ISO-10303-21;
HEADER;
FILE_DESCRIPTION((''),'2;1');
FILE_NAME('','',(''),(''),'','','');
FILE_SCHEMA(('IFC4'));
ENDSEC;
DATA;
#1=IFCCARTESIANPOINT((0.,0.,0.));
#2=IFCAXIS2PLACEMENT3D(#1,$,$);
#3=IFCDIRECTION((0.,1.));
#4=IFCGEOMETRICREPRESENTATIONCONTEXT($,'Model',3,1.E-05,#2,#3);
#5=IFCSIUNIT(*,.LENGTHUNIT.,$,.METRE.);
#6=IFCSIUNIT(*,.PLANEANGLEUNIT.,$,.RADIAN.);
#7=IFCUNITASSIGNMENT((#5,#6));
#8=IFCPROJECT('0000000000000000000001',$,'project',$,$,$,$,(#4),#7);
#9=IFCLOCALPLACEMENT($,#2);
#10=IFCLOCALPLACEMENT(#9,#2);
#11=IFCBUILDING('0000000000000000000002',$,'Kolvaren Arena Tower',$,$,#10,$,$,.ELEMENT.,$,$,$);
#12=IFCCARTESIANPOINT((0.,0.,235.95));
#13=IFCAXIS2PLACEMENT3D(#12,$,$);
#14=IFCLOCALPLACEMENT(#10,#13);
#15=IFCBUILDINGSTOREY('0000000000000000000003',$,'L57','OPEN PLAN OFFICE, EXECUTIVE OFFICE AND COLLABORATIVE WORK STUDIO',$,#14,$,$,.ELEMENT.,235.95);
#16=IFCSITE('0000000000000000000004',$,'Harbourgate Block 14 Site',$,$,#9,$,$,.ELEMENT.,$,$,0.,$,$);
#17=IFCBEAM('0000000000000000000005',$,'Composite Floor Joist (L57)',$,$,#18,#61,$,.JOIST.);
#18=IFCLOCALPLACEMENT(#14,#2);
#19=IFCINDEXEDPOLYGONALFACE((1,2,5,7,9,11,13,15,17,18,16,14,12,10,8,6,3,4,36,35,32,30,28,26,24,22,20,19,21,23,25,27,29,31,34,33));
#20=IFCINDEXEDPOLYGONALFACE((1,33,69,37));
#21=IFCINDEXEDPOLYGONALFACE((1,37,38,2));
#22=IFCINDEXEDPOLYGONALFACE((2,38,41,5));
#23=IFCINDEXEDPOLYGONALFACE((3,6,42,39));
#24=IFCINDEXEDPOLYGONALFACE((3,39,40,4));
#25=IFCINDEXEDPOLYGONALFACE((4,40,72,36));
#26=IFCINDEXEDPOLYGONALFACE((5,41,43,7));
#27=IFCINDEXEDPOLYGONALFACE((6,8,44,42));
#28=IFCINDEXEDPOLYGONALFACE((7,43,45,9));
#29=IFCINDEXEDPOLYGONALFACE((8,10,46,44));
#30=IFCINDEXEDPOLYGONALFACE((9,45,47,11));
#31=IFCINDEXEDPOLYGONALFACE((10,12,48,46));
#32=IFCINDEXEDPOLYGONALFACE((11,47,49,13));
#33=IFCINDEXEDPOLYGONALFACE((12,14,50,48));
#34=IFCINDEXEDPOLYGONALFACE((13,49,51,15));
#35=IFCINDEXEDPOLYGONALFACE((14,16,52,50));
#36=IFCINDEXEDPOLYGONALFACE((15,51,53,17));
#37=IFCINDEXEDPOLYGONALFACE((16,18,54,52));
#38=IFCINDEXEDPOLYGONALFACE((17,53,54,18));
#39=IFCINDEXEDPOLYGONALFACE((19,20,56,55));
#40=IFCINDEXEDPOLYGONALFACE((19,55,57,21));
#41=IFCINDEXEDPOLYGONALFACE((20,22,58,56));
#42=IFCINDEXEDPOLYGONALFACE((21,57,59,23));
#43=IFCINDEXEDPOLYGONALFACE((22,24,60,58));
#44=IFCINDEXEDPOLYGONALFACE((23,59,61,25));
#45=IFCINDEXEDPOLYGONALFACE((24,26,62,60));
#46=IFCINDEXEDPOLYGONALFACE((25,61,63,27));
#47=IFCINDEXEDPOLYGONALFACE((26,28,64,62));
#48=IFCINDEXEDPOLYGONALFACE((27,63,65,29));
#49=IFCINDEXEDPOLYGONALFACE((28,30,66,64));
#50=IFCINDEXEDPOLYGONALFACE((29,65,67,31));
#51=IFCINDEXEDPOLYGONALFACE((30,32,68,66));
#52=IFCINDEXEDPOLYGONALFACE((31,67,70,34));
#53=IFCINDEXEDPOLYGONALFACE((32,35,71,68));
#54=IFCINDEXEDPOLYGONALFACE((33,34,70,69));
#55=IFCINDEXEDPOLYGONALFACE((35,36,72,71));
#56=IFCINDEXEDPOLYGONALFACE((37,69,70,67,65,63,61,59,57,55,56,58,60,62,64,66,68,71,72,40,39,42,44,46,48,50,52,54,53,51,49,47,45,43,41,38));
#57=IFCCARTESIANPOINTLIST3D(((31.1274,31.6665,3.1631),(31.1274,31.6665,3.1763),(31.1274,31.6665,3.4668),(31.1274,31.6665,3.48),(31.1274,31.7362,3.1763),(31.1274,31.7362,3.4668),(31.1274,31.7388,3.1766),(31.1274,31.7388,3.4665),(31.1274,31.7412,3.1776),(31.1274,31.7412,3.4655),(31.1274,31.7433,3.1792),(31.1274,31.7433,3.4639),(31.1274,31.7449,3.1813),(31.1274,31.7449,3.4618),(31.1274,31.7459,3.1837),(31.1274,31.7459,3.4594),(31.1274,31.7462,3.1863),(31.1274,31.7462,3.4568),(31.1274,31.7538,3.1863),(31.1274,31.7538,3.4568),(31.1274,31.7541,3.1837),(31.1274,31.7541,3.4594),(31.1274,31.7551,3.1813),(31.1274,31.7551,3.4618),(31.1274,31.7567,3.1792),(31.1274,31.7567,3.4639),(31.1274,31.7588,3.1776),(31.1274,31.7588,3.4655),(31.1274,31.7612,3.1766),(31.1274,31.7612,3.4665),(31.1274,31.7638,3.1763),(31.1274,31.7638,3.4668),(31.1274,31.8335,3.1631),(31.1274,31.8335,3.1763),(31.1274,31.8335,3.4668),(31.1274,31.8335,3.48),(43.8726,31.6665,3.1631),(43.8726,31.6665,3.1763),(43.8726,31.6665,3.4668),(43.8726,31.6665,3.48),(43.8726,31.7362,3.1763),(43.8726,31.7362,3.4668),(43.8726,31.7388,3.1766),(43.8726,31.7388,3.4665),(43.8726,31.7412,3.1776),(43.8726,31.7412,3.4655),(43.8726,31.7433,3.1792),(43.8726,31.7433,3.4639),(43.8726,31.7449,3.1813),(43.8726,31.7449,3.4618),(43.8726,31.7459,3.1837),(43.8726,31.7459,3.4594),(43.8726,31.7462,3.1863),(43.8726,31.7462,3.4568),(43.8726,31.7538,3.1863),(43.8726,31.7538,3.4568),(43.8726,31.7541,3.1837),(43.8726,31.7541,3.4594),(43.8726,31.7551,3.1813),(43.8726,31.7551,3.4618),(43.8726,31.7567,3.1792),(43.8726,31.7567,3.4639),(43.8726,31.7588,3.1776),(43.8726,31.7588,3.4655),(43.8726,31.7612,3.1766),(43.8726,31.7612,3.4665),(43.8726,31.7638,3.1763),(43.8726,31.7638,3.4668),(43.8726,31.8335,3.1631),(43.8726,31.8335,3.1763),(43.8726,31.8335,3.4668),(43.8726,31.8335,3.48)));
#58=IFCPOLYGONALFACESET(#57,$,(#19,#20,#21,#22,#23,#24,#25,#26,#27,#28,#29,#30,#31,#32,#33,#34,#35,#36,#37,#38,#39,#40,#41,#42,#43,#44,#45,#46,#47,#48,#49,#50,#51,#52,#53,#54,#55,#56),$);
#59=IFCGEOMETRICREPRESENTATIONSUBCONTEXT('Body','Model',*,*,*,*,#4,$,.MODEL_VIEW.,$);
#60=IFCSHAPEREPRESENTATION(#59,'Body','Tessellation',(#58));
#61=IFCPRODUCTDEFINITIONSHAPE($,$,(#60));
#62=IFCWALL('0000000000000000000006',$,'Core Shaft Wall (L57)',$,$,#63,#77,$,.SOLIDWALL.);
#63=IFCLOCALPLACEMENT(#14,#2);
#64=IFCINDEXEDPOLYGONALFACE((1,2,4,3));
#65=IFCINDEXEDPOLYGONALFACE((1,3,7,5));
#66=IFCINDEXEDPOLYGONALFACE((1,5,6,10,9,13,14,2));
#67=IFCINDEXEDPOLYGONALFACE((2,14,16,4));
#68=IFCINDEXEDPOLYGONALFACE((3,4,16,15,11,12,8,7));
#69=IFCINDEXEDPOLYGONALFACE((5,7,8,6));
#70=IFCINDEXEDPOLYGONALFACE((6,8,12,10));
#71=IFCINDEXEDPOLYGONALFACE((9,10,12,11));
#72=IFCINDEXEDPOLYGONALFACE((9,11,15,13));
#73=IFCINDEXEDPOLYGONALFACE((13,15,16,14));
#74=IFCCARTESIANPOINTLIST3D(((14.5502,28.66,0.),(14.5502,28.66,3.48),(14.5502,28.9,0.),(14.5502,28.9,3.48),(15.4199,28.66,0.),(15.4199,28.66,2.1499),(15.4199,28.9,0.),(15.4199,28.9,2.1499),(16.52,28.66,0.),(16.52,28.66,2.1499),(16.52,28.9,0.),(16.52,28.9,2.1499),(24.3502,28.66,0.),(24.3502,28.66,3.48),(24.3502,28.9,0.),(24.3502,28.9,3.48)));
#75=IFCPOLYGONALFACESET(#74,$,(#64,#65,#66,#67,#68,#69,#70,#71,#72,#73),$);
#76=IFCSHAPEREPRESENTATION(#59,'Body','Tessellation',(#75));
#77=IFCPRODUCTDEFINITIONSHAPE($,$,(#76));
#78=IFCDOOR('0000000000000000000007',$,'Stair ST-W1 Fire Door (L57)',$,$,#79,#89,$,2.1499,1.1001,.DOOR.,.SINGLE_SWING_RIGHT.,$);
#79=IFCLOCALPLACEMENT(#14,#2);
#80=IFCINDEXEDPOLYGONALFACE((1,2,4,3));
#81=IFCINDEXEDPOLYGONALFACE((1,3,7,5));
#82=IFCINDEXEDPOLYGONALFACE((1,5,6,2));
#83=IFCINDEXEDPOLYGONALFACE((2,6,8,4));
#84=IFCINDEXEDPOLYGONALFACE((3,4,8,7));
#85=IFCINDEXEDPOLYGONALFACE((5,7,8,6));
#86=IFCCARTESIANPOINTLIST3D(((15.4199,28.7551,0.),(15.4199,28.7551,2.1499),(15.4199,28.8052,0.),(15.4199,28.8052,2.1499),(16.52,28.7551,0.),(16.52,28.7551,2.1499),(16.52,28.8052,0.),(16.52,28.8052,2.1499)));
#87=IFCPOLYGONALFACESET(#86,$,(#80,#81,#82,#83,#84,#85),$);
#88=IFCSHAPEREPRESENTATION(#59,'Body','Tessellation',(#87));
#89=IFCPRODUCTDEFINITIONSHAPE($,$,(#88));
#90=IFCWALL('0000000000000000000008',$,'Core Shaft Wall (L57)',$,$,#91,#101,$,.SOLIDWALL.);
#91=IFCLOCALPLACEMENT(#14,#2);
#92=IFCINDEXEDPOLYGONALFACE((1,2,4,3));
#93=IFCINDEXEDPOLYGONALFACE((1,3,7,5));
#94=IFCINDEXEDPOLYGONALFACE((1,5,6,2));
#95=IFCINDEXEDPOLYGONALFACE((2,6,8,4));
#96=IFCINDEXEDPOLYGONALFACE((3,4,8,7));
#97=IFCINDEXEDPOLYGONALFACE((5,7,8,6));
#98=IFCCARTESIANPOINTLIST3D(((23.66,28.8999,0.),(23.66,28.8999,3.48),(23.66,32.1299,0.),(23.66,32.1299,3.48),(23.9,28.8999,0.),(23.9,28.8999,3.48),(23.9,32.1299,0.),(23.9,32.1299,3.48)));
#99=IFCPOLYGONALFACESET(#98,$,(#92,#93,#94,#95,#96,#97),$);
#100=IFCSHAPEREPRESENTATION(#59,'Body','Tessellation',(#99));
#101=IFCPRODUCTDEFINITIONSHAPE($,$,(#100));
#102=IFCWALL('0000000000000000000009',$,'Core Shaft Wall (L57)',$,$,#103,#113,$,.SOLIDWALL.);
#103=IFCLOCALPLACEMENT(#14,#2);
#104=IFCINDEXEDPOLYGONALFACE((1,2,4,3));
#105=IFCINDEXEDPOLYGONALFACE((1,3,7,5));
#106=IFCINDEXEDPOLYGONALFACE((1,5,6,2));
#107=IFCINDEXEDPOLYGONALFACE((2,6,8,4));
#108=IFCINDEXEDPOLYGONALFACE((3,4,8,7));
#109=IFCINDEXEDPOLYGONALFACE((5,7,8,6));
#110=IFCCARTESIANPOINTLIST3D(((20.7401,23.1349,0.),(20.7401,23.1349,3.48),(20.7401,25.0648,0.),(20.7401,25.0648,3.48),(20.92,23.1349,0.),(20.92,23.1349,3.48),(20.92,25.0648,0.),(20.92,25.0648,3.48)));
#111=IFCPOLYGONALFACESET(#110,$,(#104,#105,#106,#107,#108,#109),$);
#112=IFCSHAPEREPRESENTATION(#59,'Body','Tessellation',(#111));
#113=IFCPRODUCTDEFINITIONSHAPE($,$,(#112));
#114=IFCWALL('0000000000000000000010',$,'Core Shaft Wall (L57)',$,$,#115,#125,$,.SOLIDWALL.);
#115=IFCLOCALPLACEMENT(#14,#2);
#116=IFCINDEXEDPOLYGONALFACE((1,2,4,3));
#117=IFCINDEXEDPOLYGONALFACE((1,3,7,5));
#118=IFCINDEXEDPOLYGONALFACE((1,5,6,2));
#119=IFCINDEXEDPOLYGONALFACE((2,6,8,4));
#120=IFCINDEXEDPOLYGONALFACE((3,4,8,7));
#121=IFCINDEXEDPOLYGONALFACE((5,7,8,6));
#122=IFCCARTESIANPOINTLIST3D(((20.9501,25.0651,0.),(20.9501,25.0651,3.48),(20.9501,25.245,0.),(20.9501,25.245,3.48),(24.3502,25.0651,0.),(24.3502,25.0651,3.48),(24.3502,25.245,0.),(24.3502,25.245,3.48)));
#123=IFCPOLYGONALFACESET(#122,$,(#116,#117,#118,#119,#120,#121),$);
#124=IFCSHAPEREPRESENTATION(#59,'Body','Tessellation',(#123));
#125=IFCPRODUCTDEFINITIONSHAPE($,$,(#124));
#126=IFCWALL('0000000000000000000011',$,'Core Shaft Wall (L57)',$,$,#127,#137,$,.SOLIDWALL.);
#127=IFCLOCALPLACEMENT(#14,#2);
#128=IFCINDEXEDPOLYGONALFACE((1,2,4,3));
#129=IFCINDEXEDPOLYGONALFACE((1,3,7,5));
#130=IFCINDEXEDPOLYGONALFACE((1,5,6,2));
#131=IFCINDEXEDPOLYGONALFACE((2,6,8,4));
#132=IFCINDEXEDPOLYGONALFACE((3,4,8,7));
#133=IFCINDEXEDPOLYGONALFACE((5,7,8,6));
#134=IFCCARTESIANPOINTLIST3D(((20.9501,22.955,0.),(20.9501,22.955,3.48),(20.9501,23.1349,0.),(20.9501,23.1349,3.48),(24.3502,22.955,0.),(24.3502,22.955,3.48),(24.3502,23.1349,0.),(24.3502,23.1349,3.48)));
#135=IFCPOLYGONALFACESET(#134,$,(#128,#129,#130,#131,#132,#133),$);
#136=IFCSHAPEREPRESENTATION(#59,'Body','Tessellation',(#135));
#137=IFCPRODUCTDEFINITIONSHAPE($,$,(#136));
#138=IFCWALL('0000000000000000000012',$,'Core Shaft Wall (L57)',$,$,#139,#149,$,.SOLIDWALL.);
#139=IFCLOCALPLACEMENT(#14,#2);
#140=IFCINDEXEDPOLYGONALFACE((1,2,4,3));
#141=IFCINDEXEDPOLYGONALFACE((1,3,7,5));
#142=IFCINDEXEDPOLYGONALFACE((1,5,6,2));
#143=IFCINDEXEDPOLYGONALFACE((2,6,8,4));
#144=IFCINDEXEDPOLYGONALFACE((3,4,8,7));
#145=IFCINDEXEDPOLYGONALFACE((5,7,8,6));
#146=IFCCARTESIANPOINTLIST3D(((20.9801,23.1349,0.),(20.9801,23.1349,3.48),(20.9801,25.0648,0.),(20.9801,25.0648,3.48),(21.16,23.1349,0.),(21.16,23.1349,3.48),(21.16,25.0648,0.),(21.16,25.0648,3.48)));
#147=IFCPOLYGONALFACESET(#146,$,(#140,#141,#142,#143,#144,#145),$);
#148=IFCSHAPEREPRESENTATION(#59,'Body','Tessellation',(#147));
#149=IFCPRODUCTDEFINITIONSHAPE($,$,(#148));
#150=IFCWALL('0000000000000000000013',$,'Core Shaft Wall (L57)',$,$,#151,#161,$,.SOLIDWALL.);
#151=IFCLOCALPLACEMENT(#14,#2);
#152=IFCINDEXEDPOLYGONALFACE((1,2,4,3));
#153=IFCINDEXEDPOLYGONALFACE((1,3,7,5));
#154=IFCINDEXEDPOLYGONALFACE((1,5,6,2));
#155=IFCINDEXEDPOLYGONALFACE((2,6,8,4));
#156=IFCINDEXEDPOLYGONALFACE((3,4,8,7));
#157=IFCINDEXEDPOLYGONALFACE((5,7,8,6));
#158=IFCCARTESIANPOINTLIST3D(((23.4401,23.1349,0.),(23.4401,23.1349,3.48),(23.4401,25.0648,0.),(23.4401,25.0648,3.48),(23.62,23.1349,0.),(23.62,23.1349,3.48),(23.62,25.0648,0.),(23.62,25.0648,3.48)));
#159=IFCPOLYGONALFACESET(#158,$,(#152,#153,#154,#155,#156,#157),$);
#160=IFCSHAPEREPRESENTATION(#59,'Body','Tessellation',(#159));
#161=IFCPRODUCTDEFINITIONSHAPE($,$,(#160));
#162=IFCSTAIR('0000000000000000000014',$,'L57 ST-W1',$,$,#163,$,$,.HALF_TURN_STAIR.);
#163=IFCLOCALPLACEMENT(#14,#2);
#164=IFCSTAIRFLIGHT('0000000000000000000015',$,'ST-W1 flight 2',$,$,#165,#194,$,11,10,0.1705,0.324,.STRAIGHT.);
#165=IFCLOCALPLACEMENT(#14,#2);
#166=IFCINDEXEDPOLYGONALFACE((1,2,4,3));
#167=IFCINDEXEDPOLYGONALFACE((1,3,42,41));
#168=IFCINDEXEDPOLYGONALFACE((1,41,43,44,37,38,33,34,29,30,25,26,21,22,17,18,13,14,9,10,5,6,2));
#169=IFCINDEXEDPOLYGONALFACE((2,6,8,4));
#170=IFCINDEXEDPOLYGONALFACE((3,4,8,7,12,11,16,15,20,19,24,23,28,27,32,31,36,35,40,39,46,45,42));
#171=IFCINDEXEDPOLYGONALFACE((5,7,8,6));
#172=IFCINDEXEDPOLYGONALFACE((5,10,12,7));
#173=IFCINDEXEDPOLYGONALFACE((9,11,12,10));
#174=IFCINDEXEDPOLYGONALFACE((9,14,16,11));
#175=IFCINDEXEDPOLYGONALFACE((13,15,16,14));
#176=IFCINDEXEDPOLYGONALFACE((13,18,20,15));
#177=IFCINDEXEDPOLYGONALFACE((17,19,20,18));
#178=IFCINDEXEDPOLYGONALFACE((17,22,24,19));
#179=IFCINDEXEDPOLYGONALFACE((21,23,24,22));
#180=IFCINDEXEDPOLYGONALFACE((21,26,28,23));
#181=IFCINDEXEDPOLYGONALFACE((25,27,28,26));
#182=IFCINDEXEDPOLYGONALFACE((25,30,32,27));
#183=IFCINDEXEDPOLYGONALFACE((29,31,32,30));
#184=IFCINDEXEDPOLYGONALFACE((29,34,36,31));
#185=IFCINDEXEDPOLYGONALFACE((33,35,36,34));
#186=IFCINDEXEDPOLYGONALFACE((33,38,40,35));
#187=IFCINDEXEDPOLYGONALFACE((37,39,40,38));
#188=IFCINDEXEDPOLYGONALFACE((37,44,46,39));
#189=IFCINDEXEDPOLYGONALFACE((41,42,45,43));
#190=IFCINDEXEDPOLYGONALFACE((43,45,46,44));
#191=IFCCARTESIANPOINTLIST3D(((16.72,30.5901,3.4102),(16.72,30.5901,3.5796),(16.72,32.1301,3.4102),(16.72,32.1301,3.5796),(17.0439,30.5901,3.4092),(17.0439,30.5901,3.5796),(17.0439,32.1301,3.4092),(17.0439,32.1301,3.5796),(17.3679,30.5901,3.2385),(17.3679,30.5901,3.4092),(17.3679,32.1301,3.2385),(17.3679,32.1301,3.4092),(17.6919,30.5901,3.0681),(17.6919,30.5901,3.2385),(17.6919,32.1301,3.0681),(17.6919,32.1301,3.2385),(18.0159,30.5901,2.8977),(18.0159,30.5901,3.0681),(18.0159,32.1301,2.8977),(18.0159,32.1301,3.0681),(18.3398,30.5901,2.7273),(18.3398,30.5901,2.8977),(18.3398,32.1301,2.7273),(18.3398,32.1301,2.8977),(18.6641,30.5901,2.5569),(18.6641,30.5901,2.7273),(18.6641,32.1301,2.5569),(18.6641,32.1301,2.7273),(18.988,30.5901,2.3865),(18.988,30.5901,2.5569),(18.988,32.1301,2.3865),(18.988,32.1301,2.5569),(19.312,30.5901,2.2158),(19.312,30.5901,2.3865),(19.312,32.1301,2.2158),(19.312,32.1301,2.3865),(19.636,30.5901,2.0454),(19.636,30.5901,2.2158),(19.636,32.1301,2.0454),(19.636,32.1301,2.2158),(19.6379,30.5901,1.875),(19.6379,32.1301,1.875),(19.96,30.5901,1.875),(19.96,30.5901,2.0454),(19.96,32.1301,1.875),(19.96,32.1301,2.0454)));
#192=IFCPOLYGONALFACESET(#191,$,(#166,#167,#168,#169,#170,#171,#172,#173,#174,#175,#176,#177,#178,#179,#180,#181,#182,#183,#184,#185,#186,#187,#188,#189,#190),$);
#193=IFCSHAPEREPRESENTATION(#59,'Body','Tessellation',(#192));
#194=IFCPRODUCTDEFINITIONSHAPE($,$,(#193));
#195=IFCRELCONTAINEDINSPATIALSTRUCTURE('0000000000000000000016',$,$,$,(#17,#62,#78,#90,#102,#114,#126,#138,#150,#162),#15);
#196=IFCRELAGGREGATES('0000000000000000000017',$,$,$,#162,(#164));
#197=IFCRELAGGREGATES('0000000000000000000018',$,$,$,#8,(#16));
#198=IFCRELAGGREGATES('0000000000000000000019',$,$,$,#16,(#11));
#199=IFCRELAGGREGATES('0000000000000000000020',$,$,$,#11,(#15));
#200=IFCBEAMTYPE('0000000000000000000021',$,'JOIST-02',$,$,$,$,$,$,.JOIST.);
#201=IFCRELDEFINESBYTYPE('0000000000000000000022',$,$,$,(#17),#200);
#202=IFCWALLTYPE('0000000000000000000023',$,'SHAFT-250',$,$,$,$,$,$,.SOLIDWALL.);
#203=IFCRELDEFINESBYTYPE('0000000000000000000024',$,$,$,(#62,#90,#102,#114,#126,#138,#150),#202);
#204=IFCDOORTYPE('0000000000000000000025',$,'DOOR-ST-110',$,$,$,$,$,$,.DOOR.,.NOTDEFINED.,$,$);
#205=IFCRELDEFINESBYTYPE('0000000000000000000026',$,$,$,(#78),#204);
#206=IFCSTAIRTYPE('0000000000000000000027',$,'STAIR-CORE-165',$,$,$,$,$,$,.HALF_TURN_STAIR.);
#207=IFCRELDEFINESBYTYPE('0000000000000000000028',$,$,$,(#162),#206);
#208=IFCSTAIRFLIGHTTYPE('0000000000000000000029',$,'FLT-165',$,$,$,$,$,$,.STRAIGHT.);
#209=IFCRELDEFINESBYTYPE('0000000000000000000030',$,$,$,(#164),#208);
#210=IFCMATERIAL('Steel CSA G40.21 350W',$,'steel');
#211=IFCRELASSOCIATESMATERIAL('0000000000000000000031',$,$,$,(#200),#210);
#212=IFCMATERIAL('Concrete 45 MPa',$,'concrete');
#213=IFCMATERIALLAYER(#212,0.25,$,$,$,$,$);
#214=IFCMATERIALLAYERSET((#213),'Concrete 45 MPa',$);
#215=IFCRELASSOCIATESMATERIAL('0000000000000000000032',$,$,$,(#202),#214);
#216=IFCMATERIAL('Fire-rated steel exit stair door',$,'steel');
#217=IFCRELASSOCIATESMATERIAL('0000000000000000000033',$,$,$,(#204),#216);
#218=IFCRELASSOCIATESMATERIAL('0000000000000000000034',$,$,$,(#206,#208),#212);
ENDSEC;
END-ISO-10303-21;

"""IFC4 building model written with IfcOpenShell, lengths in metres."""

from ifc_helpers import new_model, si_unit, direction, frame, frame_2d, origin, origin_2d, place, context, subcontext, project, spatial, polyline, rectangle, i_section, outline, extrude, material, layer, layer_set, material_profile, profile_set, type_object, element, fill, aggregate, save


model = new_model("IFC4")

# Units and contexts
model_context = context("Model", 3, precision=1e-05, world=origin(), true_north=direction((0.0, 1.0)))
body_context = subcontext(model_context, "Body", "Model", "MODEL_VIEW")
ifc_project = project(units=[si_unit("LENGTHUNIT", "METRE"), si_unit("PLANEANGLEUNIT", "RADIAN")], contexts=[model_context])

# Site, building, storey
site_placement = place(None, origin())
site = spatial("IfcSite", under=ifc_project, at=site_placement, Name="Harbourgate Block 14 Site", CompositionType="ELEMENT", RefElevation=0.0)
building_placement = place(site_placement, origin())
building = spatial("IfcBuilding", under=site, at=building_placement, Name="Kolvaren Arena Tower", CompositionType="ELEMENT")
storey_placement = place(building_placement, frame((0.0, 0.0, 235.95)))
storey = spatial("IfcBuildingStorey", under=building, at=storey_placement, Name="L57", Description="OPEN PLAN OFFICE, EXECUTIVE OFFICE AND COLLABORATIVE WORK STUDIO", CompositionType="ELEMENT", Elevation=235.95)

# Beam
ifc_material_1 = material(Name="Steel CSA G40.21 350W", Category="steel")
ifc_material_profile_1 = material_profile(ifc_material_1, i_section(OverallWidth=0.167, OverallDepth=0.3169, WebThickness=0.0076, FlangeThickness=0.0132, FilletRadius=0.01, at=origin_2d()), Name="W310x52")
ifc_profile_set_1 = profile_set([ifc_material_profile_1], Name="Steel CSA G40.21 350W")
beam_type_1 = type_object("IfcBeamType", Name="JOIST-02", PredefinedType="JOIST", material=ifc_profile_set_1)
beam_1_placement = place(storey_placement, frame((31.1274, 31.75, 3.3215), z_axis=(1.0, 0.0, 0.0), x_axis=(0.0, 1.0, 0.0)))
element("IfcBeam", 1, at=beam_1_placement, inside=storey, type_object=beam_type_1, Name="Composite Floor Joist (L57)", PredefinedType="JOIST", context=body_context, shape_type="SweptSolid", body=[
    extrude(i_section(OverallWidth=0.167, OverallDepth=0.3169, WebThickness=0.0076, FlangeThickness=0.0132, FilletRadius=0.01, at=origin_2d()), origin(), (0.0, 0.0, 1.0), 12.7451),
])

# Wall, opening, door
ifc_material_2 = material(Name="Concrete 45 MPa", Category="concrete")
ifc_layer = layer(ifc_material_2, 0.25)
ifc_layer_set = layer_set([ifc_layer], Name="Concrete 45 MPa")
wall_type = type_object("IfcWallType", Name="SHAFT-250", PredefinedType="SOLIDWALL", material=ifc_layer_set)
wall_1_placement = place(storey_placement, frame((24.3501, 28.78, 0.0), z_axis=(0.0, 0.0, 1.0), x_axis=(-1.0, 0.0, 0.0)))
wall_1 = element("IfcWall", 2, at=wall_1_placement, inside=storey, type_object=wall_type, Name="Core Shaft Wall (L57)", PredefinedType="SOLIDWALL", context=body_context, shape_type="SweptSolid", body=[
    extrude(rectangle(XDim=9.8, YDim=0.24, at=frame_2d((4.8999, 0.0))), origin(), (0.0, 0.0, 1.0), 3.48),
])
opening_placement = place(wall_1_placement, frame((7.8301, 0.0, 0.0)))
opening = element("IfcOpeningElement", 3, at=opening_placement, cuts=wall_1, PredefinedType="OPENING", context=body_context, shape_type="SweptSolid", body=[
    extrude(rectangle(XDim=1.1001, YDim=2.1499, at=frame_2d((0.55, 1.075))), frame((0.0, 0.1299, 0.0), z_axis=(0.0, -1.0, 0.0), x_axis=(1.0, 0.0, 0.0)), (0.0, 0.0, 1.0), 0.26),
])
ifc_material_3 = material(Name="Fire-rated steel exit stair door", Category="steel")
door_type = type_object("IfcDoorType", Name="DOOR-ST-110", OperationType="NOTDEFINED", PredefinedType="DOOR", material=ifc_material_3)
door_placement = place(opening_placement, origin())
door = element("IfcDoor", 4, at=door_placement, inside=storey, type_object=door_type, Name="Stair ST-W1 Fire Door (L57)", OperationType="SINGLE_SWING_RIGHT", OverallHeight=2.1499, OverallWidth=1.1001, PredefinedType="DOOR", context=body_context, shape_type="SweptSolid", body=[
    extrude(rectangle(XDim=1.1001, YDim=2.1499, at=frame_2d((0.55, 1.075))), frame((0.0, 0.0249, 0.0), z_axis=(0.0, -1.0, 0.0), x_axis=(1.0, 0.0, 0.0)), (0.0, 0.0, 1.0), 0.05),
])
fill(opening, door)

# Walls
wall_2_placement = place(storey_placement, frame((23.78, 28.8999, 0.0), z_axis=(0.0, 0.0, 1.0), x_axis=(0.0, 1.0, 0.0)))
element("IfcWall", 5, at=wall_2_placement, inside=storey, type_object=wall_type, Name="Core Shaft Wall (L57)", PredefinedType="SOLIDWALL", context=body_context, shape_type="SweptSolid", body=[
    extrude(rectangle(XDim=3.23, YDim=0.24, at=frame_2d((1.615, 0.0))), origin(), (0.0, 0.0, 1.0), 3.48),
])
wall_3_placement = place(storey_placement, frame((20.8301, 23.135, 0.0), z_axis=(0.0, 0.0, 1.0), x_axis=(0.0, 1.0, 0.0)))
element("IfcWall", 6, at=wall_3_placement, inside=storey, type_object=wall_type, Name="Core Shaft Wall (L57)", PredefinedType="SOLIDWALL", context=body_context, shape_type="SweptSolid", body=[
    extrude(rectangle(XDim=1.9299, YDim=0.1799, at=frame_2d((0.9648, 0.0))), origin(), (0.0, 0.0, 1.0), 3.48),
])
for number, where, z_axis, x_axis, name in (
    (7, (20.95, 25.155, 0.0), (0.0, 0.0, 1.0), (1.0, 0.0, 0.0), "Core Shaft Wall (L57)"),
    (8, (20.95, 23.0449, 0.0), (0.0, 0.0, 1.0), (1.0, 0.0, 0.0), "Core Shaft Wall (L57)"),
):
    element("IfcWall", number, at=place(storey_placement, frame(where, z_axis=z_axis, x_axis=x_axis)), inside=storey, type_object=wall_type, Name=name, PredefinedType="SOLIDWALL", context=body_context, shape_type="SweptSolid", body=[
        extrude(rectangle(XDim=3.4001, YDim=0.1799, at=frame_2d((1.7002, 0.0))), origin(), (0.0, 0.0, 1.0), 3.48),
    ])
for number, where, z_axis, x_axis, name in (
    (9, (21.0701, 23.135, 0.0), (0.0, 0.0, 1.0), (0.0, 1.0, 0.0), "Core Shaft Wall (L57)"),
    (10, (23.53, 23.135, 0.0), (0.0, 0.0, 1.0), (0.0, 1.0, 0.0), "Core Shaft Wall (L57)"),
):
    element("IfcWall", number, at=place(storey_placement, frame(where, z_axis=z_axis, x_axis=x_axis)), inside=storey, type_object=wall_type, Name=name, PredefinedType="SOLIDWALL", context=body_context, shape_type="SweptSolid", body=[
        extrude(rectangle(XDim=1.9299, YDim=0.1799, at=frame_2d((0.9648, 0.0))), origin(), (0.0, 0.0, 1.0), 3.48),
    ])

# Stair, stair flight
stair_type = type_object("IfcStairType", Name="STAIR-CORE-165", PredefinedType="HALF_TURN_STAIR", material=ifc_material_2)
stair_placement = place(storey_placement, origin())
stair = element("IfcStair", 11, at=stair_placement, inside=storey, type_object=stair_type, Name="L57 ST-W1", PredefinedType="HALF_TURN_STAIR")
stair_flight_type = type_object("IfcStairFlightType", Name="FLT-165", PredefinedType="STRAIGHT", material=ifc_material_2)
stair_flight_placement = place(storey_placement, frame((19.96, 31.3601, 1.875), z_axis=(0.0, 0.0, 1.0), x_axis=(-1.0, 0.0, 0.0)))
stair_flight = element("IfcStairFlight", 12, at=stair_flight_placement, type_object=stair_flight_type, Name="ST-W1 flight 2", NumberOfRisers=11, NumberOfTreads=10, PredefinedType="STRAIGHT", RiserHeight=0.1705, TreadLength=0.324, context=body_context, shape_type="SweptSolid", body=[
    extrude(outline(polyline([(0.0, 0.0), (0.0, 0.1704), (0.324, 0.1704), (0.324, 0.3408), (0.6479, 0.3408), (0.6479, 0.5115), (0.9719, 0.5115), (0.9719, 0.6819), (1.2959, 0.6819), (1.2959, 0.8523), (1.6201, 0.8523), (1.6201, 1.0227), (1.9441, 1.0227), (1.9441, 1.1931), (2.2681, 1.1931), (2.2681, 1.3635), (2.592, 1.3635), (2.592, 1.5342), (2.916, 1.5342), (2.916, 1.7046), (3.24, 1.7046), (3.24, 1.875), (3.24, 1.5352), (0.322, 0.0), (0.0, 0.0)])), frame((0.0, 0.77, 0.0), z_axis=(0.0, -1.0, 0.0), x_axis=(1.0, 0.0, 0.0)), (0.0, 0.0, 1.0), 1.54),
])
aggregate(stair, [stair_flight])

save(model, "model.ifc")
